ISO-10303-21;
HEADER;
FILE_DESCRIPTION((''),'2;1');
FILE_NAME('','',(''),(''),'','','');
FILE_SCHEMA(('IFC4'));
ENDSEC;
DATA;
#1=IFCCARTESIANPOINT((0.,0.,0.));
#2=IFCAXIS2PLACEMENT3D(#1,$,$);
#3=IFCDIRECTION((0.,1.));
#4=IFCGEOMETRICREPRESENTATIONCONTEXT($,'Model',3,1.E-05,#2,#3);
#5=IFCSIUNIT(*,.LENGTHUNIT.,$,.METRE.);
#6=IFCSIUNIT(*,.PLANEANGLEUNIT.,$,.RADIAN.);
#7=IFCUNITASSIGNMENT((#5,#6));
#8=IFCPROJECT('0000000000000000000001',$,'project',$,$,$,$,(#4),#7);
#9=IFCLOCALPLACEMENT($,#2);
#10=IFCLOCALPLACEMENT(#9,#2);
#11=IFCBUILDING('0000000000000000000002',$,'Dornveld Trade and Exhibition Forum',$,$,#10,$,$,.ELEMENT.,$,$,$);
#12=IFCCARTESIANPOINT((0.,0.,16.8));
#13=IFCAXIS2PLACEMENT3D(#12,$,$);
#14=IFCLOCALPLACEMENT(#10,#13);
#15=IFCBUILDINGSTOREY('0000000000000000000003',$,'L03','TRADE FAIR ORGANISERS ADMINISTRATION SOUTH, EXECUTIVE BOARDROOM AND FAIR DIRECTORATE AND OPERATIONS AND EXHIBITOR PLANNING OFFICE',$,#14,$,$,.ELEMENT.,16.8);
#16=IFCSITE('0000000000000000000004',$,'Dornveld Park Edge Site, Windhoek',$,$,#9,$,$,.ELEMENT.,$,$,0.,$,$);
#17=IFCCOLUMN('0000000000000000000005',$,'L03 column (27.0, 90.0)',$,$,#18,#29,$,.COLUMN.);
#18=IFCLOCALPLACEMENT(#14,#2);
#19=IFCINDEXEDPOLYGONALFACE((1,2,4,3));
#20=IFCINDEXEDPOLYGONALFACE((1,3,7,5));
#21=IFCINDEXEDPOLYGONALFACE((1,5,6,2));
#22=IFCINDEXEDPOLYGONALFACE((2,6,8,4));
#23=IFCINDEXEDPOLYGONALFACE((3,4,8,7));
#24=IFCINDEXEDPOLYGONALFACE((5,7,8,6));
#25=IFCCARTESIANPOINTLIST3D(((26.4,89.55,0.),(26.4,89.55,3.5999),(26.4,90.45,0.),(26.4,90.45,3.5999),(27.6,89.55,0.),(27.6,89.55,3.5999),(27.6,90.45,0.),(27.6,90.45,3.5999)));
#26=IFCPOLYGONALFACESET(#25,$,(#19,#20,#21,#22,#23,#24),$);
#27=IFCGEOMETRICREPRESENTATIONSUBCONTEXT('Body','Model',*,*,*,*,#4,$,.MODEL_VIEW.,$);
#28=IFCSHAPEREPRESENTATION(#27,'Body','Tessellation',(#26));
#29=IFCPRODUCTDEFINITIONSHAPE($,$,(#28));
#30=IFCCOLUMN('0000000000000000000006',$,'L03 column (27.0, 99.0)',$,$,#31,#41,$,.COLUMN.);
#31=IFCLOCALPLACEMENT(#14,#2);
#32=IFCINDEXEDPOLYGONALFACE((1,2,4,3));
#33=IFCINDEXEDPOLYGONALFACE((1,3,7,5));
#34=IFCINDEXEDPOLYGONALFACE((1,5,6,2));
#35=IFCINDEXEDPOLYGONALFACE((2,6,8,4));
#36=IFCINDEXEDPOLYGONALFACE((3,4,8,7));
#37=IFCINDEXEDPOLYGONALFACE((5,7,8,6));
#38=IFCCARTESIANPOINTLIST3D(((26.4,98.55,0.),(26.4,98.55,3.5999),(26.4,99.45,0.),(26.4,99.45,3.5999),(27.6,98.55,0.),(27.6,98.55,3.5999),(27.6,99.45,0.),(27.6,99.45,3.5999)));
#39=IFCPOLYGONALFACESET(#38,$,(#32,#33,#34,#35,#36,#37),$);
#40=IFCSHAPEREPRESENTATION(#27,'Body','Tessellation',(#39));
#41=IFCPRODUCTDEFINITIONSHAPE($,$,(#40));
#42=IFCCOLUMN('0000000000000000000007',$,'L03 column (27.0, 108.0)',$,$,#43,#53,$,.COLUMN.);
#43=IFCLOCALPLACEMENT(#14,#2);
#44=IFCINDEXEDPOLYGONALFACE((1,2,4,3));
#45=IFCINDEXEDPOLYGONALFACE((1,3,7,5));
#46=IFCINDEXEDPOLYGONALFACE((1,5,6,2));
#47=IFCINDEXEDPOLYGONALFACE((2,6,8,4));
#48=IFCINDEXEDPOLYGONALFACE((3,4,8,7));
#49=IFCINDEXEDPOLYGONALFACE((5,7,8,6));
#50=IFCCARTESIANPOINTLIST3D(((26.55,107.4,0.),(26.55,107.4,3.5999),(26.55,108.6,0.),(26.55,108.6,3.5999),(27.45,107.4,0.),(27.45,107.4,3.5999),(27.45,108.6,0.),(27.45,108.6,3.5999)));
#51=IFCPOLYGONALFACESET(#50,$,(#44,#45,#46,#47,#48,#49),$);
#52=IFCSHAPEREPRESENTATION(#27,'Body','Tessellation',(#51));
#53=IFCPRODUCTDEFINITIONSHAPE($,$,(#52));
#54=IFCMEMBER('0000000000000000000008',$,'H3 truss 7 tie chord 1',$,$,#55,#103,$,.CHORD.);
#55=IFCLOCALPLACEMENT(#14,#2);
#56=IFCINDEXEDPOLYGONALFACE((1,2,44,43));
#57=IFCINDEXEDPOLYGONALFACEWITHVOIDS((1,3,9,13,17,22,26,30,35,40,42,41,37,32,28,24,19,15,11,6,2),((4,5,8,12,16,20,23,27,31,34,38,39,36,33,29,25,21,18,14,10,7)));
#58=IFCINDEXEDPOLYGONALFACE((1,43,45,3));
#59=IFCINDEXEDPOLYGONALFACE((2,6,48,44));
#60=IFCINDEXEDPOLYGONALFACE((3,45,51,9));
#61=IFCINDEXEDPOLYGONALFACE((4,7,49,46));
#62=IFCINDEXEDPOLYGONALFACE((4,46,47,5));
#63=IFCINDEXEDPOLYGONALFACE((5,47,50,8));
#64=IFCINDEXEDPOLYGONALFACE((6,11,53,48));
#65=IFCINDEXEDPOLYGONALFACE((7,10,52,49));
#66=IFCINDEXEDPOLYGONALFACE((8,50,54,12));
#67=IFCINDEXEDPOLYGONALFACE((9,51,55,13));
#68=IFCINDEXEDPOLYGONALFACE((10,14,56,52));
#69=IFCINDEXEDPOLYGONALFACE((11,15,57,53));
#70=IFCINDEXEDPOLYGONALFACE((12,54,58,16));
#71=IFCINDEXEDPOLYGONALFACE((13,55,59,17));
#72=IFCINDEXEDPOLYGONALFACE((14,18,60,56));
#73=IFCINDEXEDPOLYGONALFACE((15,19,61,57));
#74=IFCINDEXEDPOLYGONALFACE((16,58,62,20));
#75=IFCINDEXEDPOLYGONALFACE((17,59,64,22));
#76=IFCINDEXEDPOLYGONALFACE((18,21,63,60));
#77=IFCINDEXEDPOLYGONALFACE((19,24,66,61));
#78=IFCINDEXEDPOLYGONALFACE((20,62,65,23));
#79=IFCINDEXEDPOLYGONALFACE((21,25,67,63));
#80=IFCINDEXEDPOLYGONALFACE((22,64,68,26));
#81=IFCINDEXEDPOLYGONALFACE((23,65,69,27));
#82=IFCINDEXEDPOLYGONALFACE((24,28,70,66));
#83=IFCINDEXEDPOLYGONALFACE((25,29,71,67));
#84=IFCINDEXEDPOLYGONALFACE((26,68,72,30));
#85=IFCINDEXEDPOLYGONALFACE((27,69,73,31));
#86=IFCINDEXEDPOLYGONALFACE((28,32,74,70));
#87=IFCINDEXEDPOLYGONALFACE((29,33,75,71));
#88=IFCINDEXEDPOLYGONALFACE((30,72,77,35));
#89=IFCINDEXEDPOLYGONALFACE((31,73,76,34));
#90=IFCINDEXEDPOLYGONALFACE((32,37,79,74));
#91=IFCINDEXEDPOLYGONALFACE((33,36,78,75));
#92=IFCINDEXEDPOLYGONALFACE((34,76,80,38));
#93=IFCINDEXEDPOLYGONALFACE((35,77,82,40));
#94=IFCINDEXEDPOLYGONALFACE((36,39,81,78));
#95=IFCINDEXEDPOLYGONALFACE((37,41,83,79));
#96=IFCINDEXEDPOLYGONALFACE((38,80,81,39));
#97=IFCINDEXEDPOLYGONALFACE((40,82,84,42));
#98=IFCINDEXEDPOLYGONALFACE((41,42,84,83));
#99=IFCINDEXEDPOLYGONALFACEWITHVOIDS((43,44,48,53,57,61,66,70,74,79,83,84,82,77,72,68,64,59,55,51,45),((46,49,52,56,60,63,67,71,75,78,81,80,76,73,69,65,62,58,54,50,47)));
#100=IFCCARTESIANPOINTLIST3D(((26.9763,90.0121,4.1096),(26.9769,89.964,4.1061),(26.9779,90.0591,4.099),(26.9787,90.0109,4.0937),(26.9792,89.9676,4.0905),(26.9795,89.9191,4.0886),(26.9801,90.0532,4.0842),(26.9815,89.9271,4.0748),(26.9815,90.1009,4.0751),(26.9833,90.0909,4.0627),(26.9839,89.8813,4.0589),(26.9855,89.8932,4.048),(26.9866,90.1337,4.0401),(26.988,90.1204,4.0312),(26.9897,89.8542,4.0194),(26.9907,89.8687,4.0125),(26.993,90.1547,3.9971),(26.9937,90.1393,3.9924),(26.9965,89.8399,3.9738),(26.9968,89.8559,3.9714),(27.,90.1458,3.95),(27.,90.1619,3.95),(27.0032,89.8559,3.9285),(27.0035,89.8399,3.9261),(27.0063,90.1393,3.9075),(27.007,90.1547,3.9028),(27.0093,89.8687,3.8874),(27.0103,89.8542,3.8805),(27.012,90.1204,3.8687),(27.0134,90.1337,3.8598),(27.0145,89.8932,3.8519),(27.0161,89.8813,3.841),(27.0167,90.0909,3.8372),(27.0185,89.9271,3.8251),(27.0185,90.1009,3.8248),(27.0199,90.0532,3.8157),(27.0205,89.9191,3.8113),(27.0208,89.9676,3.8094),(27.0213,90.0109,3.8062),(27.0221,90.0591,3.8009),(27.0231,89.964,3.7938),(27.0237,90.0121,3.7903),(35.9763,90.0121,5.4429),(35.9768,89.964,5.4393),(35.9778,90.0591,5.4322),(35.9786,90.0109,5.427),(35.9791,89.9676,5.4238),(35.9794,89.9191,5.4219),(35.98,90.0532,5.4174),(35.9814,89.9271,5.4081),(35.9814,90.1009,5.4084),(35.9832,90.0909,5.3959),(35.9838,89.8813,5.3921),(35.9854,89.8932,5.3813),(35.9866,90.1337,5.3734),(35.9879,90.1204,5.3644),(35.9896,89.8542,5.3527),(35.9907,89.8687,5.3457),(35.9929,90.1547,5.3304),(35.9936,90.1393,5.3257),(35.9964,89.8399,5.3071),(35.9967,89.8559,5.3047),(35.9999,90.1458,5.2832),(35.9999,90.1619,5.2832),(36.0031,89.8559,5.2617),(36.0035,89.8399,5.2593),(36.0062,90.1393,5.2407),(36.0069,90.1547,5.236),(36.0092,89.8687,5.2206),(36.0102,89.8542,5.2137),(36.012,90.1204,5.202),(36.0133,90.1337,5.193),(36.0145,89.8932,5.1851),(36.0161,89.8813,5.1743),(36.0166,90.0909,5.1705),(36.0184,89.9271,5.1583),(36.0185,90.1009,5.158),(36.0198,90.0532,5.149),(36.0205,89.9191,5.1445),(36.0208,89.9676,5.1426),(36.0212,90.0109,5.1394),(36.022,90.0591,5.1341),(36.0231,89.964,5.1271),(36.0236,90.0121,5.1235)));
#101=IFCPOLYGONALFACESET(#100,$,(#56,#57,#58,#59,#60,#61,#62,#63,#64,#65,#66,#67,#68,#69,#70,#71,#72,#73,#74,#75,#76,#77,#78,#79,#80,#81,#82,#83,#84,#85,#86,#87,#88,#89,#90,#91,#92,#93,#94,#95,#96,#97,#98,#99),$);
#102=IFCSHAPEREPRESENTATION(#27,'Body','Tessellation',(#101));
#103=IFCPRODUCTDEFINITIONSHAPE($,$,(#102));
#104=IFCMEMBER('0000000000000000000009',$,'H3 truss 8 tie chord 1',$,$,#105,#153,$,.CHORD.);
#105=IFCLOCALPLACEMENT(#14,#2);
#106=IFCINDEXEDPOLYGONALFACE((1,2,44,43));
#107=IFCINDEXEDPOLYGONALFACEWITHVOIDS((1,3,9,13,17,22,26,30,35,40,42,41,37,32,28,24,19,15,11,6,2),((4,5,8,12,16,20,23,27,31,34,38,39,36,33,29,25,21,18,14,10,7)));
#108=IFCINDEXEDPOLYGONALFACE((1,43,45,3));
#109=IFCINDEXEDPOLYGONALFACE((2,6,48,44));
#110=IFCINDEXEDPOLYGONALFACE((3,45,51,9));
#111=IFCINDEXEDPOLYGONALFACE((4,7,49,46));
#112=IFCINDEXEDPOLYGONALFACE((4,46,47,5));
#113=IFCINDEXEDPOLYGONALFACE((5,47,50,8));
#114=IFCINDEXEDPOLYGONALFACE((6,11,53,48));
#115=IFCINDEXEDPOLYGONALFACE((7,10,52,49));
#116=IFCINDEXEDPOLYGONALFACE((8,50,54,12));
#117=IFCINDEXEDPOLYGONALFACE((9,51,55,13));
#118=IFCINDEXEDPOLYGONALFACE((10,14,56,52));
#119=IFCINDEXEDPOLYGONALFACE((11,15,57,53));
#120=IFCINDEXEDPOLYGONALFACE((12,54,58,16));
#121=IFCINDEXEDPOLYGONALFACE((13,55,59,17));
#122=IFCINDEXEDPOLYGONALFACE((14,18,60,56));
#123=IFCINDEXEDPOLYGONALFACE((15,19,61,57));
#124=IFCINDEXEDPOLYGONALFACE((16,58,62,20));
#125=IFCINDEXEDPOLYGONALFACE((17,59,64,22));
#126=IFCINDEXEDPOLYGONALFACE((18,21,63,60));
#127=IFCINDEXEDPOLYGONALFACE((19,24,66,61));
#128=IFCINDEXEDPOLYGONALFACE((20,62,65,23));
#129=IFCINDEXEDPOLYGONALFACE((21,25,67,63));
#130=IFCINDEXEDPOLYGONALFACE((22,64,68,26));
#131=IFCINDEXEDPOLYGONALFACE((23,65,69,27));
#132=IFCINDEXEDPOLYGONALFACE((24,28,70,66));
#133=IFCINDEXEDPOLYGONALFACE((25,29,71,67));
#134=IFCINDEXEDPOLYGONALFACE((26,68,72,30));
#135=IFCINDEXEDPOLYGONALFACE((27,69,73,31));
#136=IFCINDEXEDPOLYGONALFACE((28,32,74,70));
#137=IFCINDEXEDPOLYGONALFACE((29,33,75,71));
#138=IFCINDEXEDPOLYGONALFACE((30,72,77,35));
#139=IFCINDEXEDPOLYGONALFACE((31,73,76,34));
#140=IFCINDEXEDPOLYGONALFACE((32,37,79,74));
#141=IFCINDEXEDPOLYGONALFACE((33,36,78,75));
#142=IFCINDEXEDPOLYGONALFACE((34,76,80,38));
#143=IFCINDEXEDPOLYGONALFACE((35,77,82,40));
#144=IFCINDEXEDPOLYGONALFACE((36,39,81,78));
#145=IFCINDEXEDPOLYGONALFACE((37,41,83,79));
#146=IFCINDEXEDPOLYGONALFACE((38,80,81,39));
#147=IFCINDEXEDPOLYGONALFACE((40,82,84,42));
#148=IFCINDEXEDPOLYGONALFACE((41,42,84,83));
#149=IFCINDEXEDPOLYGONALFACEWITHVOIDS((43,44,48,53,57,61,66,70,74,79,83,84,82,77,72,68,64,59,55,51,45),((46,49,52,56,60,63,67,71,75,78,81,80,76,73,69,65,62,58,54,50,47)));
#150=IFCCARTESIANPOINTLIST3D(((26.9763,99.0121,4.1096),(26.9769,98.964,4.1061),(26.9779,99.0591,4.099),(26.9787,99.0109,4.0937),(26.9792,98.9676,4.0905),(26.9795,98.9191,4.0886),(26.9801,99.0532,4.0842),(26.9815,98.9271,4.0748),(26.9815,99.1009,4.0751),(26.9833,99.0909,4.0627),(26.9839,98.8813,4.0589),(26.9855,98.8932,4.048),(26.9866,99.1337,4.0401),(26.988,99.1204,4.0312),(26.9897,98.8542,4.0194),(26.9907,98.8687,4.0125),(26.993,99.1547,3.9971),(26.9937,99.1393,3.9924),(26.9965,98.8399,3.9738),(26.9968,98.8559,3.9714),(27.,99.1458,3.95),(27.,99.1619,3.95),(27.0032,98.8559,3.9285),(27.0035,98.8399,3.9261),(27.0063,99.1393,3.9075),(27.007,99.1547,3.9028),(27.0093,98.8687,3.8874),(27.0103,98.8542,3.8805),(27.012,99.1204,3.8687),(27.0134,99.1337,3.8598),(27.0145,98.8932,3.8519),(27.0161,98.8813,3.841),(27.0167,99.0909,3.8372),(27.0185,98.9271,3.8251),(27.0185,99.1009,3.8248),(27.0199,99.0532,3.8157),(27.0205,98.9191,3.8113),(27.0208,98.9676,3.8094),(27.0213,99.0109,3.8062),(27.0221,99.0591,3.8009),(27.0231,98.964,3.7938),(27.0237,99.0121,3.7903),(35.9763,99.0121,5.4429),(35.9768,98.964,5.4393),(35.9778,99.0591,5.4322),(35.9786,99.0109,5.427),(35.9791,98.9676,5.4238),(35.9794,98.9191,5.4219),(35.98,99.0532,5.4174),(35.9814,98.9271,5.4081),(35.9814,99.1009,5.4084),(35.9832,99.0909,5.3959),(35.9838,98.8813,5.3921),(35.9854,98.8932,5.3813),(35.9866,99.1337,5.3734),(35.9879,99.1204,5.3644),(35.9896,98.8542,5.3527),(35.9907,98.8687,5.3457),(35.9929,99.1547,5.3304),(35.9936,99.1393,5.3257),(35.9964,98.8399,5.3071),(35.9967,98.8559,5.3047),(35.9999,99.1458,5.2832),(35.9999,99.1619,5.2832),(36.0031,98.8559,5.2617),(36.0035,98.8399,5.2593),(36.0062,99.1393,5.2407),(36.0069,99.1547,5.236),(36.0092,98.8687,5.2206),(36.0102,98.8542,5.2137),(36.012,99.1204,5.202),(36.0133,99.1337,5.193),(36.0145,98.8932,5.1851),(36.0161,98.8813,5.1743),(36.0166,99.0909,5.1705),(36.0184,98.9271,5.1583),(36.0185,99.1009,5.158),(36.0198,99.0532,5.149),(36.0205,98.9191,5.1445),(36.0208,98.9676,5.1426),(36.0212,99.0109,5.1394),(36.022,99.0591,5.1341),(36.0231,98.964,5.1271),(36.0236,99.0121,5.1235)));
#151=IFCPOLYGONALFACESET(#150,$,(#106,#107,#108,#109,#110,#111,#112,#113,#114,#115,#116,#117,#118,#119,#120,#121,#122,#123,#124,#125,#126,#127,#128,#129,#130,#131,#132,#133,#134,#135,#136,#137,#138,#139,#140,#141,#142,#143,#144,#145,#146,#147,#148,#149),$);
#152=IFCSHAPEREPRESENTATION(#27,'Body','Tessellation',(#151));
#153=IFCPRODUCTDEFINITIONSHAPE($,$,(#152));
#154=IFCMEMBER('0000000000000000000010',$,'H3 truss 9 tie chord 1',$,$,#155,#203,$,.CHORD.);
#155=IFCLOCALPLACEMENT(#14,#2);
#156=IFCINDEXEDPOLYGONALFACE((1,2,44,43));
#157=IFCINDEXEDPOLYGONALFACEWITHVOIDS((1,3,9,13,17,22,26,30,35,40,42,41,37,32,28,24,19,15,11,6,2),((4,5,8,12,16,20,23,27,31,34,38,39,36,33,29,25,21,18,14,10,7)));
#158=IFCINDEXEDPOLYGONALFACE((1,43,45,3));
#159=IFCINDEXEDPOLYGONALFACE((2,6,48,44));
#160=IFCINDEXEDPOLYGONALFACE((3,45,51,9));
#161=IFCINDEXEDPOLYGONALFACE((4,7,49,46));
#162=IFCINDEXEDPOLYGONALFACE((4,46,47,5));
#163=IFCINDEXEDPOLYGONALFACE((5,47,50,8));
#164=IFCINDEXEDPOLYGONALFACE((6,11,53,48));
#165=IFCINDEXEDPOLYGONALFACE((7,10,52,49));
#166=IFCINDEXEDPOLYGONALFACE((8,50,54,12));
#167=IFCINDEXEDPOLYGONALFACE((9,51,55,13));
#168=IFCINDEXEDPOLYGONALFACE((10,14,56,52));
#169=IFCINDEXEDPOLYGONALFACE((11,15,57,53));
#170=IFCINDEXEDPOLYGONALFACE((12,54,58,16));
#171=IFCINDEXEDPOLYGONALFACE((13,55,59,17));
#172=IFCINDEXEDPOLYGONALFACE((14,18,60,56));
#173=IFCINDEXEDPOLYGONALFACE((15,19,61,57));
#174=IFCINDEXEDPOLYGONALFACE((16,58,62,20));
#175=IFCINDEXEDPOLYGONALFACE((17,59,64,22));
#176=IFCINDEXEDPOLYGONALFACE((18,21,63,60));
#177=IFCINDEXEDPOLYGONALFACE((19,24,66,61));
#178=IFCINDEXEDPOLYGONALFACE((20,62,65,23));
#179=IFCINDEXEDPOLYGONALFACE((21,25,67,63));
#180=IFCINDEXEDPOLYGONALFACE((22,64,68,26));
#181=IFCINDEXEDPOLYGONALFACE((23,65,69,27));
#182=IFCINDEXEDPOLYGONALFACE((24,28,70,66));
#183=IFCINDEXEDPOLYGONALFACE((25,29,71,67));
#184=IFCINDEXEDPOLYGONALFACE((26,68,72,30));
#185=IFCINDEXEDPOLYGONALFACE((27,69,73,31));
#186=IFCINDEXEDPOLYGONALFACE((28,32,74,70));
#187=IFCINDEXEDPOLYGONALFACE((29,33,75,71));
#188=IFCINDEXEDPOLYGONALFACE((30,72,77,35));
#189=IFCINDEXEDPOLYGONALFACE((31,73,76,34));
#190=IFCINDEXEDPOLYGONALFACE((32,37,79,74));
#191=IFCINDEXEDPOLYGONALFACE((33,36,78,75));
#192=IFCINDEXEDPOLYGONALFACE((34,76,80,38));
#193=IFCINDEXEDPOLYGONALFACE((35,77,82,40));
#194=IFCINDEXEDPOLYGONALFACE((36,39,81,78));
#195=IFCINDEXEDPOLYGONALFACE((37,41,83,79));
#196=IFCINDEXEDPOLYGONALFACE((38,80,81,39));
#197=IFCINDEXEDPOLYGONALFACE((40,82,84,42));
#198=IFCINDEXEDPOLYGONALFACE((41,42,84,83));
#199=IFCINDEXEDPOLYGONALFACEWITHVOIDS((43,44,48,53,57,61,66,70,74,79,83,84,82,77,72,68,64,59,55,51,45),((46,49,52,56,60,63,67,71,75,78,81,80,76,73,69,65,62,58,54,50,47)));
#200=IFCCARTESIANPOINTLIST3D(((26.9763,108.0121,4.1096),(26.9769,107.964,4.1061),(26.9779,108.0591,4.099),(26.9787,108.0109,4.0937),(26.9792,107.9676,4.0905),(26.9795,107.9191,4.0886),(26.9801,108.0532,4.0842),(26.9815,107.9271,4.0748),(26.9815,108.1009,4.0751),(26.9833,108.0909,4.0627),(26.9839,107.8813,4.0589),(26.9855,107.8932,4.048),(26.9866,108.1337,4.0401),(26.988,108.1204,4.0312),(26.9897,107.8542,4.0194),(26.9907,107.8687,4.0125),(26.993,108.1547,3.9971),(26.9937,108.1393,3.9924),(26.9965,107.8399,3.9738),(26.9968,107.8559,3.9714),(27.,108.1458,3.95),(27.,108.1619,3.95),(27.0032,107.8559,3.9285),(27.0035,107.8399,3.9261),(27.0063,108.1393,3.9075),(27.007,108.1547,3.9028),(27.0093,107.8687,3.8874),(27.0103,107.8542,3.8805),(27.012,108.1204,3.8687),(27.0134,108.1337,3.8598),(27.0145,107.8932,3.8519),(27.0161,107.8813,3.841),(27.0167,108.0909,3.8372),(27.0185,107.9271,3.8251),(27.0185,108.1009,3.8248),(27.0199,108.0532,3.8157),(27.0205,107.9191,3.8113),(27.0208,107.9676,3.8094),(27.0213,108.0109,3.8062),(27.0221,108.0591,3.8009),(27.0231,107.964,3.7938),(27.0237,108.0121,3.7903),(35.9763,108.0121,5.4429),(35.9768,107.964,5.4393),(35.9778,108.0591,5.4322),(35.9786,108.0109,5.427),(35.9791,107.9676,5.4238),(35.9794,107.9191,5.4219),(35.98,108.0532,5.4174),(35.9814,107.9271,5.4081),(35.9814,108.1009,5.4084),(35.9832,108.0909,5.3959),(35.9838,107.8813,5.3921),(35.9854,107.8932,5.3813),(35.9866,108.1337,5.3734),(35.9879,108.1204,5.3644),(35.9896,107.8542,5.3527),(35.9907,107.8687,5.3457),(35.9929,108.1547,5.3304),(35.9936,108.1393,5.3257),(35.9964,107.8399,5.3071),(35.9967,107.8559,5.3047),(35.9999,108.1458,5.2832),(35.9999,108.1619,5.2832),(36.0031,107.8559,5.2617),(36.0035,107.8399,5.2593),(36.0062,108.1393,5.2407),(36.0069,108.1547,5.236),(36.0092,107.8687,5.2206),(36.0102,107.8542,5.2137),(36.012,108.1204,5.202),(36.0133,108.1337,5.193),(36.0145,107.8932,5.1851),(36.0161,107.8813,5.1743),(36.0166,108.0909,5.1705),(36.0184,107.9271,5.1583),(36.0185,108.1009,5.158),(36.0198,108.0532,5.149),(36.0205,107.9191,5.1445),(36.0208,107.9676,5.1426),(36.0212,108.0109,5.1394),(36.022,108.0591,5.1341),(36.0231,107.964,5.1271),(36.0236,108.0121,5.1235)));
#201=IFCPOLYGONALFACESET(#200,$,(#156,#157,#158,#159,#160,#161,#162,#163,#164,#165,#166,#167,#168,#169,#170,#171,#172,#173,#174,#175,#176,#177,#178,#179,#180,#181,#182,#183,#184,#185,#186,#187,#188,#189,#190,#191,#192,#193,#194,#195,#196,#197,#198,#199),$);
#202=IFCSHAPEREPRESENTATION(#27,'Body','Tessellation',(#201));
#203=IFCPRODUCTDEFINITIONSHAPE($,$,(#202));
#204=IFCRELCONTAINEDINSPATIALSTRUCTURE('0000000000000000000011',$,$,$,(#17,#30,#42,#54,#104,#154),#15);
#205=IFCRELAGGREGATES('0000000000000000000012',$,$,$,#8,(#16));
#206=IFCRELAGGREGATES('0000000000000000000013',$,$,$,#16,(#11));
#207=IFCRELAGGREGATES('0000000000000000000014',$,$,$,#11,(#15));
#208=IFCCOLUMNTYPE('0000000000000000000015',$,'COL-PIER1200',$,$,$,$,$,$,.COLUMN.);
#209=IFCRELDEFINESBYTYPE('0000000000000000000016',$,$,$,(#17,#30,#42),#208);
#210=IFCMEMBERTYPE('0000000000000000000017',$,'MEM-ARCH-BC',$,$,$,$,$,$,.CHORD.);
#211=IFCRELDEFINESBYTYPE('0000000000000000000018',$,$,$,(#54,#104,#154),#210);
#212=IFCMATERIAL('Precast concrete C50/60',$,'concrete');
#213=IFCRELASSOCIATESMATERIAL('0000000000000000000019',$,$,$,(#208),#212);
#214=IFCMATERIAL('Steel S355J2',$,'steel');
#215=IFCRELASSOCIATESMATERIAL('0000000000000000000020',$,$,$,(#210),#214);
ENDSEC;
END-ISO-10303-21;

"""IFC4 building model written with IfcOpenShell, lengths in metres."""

from ifc_helpers import new_model, si_unit, direction, frame, origin, origin_2d, place, context, subcontext, project, spatial, rectangle, hollow_circle, extrude, material, material_profile, profile_set, type_object, element, save


model = new_model("IFC4")

# Units and contexts
model_context = context("Model", 3, precision=1e-05, world=origin(), true_north=direction((0.0, 1.0)))
body_context = subcontext(model_context, "Body", "Model", "MODEL_VIEW")
ifc_project = project(units=[si_unit("LENGTHUNIT", "METRE"), si_unit("PLANEANGLEUNIT", "RADIAN")], contexts=[model_context])

# Site, building, storey
site_placement = place(None, origin())
site = spatial("IfcSite", under=ifc_project, at=site_placement, Name="Dornveld Park Edge Site, Windhoek", CompositionType="ELEMENT", RefElevation=0.0)
building_placement = place(site_placement, origin())
building = spatial("IfcBuilding", under=site, at=building_placement, Name="Dornveld Trade and Exhibition Forum", CompositionType="ELEMENT")
storey_placement = place(building_placement, frame((0.0, 0.0, 16.8)))
storey = spatial("IfcBuildingStorey", under=building, at=storey_placement, Name="L03", Description="TRADE FAIR ORGANISERS ADMINISTRATION SOUTH, EXECUTIVE BOARDROOM AND FAIR DIRECTORATE AND OPERATIONS AND EXHIBITOR PLANNING OFFICE", CompositionType="ELEMENT", Elevation=16.8)

# Columns
ifc_material_1 = material(Name="Precast concrete C50/60", Category="concrete")
ifc_material_profile_1 = material_profile(ifc_material_1, rectangle(XDim=1.2, YDim=0.8999, at=origin_2d()), Name="PC-PIER 1200x900")
ifc_profile_set_1 = profile_set([ifc_material_profile_1], Name="Precast concrete C50/60")
column_type = type_object("IfcColumnType", Name="COL-PIER1200", PredefinedType="COLUMN", material=ifc_profile_set_1)
for number, where, z_axis, x_axis, name in (
    (1, (27.0, 90.0, 0.0), (0.0, 0.0, 1.0), (1.0, 0.0, 0.0), "L03 column (27.0, 90.0)"),
    (2, (27.0, 99.0, 0.0), (0.0, 0.0, 1.0), (1.0, 0.0, 0.0), "L03 column (27.0, 99.0)"),
    (3, (27.0, 108.0, 0.0), (0.0, 0.0, 1.0), (0.0, 1.0, 0.0), "L03 column (27.0, 108.0)"),
):
    element("IfcColumn", number, at=place(storey_placement, frame(where, z_axis=z_axis, x_axis=x_axis)), inside=storey, type_object=column_type, Name=name, PredefinedType="COLUMN", context=body_context, shape_type="SweptSolid", body=[
        extrude(rectangle(XDim=1.2, YDim=0.8999, at=origin_2d()), origin(), (0.0, 0.0, 1.0), 3.5999),
    ])

# Members
ifc_material_2 = material(Name="Steel S355J2", Category="steel")
ifc_material_profile_2 = material_profile(ifc_material_2, hollow_circle(Radius=0.1619, WallThickness=0.0161, at=origin_2d()), Name="CHS 323.9x16")
ifc_profile_set_2 = profile_set([ifc_material_profile_2], Name="Steel S355J2")
member_type_1 = type_object("IfcMemberType", Name="MEM-ARCH-BC", PredefinedType="CHORD", material=ifc_profile_set_2)
for number, where, z_axis, x_axis, name in (
    (4, (27.0, 90.0, 3.95), (0.989205, 0.0, 0.14654), (0.0, 1.0, 0.0), "H3 truss 7 tie chord 1"),
    (5, (27.0, 99.0, 3.95), (0.989205, 0.0, 0.14654), (0.0, 1.0, 0.0), "H3 truss 8 tie chord 1"),
    (6, (27.0, 108.0, 3.95), (0.989205, 0.0, 0.14654), (0.0, 1.0, 0.0), "H3 truss 9 tie chord 1"),
):
    element("IfcMember", number, at=place(storey_placement, frame(where, z_axis=z_axis, x_axis=x_axis)), inside=storey, type_object=member_type_1, Name=name, PredefinedType="CHORD", context=body_context, shape_type="SweptSolid", body=[
        extrude(hollow_circle(Radius=0.1619, WallThickness=0.0161, at=origin_2d()), origin(), (0.0, 0.0, 1.0), 9.0981),
    ])

save(model, "model.ifc")
